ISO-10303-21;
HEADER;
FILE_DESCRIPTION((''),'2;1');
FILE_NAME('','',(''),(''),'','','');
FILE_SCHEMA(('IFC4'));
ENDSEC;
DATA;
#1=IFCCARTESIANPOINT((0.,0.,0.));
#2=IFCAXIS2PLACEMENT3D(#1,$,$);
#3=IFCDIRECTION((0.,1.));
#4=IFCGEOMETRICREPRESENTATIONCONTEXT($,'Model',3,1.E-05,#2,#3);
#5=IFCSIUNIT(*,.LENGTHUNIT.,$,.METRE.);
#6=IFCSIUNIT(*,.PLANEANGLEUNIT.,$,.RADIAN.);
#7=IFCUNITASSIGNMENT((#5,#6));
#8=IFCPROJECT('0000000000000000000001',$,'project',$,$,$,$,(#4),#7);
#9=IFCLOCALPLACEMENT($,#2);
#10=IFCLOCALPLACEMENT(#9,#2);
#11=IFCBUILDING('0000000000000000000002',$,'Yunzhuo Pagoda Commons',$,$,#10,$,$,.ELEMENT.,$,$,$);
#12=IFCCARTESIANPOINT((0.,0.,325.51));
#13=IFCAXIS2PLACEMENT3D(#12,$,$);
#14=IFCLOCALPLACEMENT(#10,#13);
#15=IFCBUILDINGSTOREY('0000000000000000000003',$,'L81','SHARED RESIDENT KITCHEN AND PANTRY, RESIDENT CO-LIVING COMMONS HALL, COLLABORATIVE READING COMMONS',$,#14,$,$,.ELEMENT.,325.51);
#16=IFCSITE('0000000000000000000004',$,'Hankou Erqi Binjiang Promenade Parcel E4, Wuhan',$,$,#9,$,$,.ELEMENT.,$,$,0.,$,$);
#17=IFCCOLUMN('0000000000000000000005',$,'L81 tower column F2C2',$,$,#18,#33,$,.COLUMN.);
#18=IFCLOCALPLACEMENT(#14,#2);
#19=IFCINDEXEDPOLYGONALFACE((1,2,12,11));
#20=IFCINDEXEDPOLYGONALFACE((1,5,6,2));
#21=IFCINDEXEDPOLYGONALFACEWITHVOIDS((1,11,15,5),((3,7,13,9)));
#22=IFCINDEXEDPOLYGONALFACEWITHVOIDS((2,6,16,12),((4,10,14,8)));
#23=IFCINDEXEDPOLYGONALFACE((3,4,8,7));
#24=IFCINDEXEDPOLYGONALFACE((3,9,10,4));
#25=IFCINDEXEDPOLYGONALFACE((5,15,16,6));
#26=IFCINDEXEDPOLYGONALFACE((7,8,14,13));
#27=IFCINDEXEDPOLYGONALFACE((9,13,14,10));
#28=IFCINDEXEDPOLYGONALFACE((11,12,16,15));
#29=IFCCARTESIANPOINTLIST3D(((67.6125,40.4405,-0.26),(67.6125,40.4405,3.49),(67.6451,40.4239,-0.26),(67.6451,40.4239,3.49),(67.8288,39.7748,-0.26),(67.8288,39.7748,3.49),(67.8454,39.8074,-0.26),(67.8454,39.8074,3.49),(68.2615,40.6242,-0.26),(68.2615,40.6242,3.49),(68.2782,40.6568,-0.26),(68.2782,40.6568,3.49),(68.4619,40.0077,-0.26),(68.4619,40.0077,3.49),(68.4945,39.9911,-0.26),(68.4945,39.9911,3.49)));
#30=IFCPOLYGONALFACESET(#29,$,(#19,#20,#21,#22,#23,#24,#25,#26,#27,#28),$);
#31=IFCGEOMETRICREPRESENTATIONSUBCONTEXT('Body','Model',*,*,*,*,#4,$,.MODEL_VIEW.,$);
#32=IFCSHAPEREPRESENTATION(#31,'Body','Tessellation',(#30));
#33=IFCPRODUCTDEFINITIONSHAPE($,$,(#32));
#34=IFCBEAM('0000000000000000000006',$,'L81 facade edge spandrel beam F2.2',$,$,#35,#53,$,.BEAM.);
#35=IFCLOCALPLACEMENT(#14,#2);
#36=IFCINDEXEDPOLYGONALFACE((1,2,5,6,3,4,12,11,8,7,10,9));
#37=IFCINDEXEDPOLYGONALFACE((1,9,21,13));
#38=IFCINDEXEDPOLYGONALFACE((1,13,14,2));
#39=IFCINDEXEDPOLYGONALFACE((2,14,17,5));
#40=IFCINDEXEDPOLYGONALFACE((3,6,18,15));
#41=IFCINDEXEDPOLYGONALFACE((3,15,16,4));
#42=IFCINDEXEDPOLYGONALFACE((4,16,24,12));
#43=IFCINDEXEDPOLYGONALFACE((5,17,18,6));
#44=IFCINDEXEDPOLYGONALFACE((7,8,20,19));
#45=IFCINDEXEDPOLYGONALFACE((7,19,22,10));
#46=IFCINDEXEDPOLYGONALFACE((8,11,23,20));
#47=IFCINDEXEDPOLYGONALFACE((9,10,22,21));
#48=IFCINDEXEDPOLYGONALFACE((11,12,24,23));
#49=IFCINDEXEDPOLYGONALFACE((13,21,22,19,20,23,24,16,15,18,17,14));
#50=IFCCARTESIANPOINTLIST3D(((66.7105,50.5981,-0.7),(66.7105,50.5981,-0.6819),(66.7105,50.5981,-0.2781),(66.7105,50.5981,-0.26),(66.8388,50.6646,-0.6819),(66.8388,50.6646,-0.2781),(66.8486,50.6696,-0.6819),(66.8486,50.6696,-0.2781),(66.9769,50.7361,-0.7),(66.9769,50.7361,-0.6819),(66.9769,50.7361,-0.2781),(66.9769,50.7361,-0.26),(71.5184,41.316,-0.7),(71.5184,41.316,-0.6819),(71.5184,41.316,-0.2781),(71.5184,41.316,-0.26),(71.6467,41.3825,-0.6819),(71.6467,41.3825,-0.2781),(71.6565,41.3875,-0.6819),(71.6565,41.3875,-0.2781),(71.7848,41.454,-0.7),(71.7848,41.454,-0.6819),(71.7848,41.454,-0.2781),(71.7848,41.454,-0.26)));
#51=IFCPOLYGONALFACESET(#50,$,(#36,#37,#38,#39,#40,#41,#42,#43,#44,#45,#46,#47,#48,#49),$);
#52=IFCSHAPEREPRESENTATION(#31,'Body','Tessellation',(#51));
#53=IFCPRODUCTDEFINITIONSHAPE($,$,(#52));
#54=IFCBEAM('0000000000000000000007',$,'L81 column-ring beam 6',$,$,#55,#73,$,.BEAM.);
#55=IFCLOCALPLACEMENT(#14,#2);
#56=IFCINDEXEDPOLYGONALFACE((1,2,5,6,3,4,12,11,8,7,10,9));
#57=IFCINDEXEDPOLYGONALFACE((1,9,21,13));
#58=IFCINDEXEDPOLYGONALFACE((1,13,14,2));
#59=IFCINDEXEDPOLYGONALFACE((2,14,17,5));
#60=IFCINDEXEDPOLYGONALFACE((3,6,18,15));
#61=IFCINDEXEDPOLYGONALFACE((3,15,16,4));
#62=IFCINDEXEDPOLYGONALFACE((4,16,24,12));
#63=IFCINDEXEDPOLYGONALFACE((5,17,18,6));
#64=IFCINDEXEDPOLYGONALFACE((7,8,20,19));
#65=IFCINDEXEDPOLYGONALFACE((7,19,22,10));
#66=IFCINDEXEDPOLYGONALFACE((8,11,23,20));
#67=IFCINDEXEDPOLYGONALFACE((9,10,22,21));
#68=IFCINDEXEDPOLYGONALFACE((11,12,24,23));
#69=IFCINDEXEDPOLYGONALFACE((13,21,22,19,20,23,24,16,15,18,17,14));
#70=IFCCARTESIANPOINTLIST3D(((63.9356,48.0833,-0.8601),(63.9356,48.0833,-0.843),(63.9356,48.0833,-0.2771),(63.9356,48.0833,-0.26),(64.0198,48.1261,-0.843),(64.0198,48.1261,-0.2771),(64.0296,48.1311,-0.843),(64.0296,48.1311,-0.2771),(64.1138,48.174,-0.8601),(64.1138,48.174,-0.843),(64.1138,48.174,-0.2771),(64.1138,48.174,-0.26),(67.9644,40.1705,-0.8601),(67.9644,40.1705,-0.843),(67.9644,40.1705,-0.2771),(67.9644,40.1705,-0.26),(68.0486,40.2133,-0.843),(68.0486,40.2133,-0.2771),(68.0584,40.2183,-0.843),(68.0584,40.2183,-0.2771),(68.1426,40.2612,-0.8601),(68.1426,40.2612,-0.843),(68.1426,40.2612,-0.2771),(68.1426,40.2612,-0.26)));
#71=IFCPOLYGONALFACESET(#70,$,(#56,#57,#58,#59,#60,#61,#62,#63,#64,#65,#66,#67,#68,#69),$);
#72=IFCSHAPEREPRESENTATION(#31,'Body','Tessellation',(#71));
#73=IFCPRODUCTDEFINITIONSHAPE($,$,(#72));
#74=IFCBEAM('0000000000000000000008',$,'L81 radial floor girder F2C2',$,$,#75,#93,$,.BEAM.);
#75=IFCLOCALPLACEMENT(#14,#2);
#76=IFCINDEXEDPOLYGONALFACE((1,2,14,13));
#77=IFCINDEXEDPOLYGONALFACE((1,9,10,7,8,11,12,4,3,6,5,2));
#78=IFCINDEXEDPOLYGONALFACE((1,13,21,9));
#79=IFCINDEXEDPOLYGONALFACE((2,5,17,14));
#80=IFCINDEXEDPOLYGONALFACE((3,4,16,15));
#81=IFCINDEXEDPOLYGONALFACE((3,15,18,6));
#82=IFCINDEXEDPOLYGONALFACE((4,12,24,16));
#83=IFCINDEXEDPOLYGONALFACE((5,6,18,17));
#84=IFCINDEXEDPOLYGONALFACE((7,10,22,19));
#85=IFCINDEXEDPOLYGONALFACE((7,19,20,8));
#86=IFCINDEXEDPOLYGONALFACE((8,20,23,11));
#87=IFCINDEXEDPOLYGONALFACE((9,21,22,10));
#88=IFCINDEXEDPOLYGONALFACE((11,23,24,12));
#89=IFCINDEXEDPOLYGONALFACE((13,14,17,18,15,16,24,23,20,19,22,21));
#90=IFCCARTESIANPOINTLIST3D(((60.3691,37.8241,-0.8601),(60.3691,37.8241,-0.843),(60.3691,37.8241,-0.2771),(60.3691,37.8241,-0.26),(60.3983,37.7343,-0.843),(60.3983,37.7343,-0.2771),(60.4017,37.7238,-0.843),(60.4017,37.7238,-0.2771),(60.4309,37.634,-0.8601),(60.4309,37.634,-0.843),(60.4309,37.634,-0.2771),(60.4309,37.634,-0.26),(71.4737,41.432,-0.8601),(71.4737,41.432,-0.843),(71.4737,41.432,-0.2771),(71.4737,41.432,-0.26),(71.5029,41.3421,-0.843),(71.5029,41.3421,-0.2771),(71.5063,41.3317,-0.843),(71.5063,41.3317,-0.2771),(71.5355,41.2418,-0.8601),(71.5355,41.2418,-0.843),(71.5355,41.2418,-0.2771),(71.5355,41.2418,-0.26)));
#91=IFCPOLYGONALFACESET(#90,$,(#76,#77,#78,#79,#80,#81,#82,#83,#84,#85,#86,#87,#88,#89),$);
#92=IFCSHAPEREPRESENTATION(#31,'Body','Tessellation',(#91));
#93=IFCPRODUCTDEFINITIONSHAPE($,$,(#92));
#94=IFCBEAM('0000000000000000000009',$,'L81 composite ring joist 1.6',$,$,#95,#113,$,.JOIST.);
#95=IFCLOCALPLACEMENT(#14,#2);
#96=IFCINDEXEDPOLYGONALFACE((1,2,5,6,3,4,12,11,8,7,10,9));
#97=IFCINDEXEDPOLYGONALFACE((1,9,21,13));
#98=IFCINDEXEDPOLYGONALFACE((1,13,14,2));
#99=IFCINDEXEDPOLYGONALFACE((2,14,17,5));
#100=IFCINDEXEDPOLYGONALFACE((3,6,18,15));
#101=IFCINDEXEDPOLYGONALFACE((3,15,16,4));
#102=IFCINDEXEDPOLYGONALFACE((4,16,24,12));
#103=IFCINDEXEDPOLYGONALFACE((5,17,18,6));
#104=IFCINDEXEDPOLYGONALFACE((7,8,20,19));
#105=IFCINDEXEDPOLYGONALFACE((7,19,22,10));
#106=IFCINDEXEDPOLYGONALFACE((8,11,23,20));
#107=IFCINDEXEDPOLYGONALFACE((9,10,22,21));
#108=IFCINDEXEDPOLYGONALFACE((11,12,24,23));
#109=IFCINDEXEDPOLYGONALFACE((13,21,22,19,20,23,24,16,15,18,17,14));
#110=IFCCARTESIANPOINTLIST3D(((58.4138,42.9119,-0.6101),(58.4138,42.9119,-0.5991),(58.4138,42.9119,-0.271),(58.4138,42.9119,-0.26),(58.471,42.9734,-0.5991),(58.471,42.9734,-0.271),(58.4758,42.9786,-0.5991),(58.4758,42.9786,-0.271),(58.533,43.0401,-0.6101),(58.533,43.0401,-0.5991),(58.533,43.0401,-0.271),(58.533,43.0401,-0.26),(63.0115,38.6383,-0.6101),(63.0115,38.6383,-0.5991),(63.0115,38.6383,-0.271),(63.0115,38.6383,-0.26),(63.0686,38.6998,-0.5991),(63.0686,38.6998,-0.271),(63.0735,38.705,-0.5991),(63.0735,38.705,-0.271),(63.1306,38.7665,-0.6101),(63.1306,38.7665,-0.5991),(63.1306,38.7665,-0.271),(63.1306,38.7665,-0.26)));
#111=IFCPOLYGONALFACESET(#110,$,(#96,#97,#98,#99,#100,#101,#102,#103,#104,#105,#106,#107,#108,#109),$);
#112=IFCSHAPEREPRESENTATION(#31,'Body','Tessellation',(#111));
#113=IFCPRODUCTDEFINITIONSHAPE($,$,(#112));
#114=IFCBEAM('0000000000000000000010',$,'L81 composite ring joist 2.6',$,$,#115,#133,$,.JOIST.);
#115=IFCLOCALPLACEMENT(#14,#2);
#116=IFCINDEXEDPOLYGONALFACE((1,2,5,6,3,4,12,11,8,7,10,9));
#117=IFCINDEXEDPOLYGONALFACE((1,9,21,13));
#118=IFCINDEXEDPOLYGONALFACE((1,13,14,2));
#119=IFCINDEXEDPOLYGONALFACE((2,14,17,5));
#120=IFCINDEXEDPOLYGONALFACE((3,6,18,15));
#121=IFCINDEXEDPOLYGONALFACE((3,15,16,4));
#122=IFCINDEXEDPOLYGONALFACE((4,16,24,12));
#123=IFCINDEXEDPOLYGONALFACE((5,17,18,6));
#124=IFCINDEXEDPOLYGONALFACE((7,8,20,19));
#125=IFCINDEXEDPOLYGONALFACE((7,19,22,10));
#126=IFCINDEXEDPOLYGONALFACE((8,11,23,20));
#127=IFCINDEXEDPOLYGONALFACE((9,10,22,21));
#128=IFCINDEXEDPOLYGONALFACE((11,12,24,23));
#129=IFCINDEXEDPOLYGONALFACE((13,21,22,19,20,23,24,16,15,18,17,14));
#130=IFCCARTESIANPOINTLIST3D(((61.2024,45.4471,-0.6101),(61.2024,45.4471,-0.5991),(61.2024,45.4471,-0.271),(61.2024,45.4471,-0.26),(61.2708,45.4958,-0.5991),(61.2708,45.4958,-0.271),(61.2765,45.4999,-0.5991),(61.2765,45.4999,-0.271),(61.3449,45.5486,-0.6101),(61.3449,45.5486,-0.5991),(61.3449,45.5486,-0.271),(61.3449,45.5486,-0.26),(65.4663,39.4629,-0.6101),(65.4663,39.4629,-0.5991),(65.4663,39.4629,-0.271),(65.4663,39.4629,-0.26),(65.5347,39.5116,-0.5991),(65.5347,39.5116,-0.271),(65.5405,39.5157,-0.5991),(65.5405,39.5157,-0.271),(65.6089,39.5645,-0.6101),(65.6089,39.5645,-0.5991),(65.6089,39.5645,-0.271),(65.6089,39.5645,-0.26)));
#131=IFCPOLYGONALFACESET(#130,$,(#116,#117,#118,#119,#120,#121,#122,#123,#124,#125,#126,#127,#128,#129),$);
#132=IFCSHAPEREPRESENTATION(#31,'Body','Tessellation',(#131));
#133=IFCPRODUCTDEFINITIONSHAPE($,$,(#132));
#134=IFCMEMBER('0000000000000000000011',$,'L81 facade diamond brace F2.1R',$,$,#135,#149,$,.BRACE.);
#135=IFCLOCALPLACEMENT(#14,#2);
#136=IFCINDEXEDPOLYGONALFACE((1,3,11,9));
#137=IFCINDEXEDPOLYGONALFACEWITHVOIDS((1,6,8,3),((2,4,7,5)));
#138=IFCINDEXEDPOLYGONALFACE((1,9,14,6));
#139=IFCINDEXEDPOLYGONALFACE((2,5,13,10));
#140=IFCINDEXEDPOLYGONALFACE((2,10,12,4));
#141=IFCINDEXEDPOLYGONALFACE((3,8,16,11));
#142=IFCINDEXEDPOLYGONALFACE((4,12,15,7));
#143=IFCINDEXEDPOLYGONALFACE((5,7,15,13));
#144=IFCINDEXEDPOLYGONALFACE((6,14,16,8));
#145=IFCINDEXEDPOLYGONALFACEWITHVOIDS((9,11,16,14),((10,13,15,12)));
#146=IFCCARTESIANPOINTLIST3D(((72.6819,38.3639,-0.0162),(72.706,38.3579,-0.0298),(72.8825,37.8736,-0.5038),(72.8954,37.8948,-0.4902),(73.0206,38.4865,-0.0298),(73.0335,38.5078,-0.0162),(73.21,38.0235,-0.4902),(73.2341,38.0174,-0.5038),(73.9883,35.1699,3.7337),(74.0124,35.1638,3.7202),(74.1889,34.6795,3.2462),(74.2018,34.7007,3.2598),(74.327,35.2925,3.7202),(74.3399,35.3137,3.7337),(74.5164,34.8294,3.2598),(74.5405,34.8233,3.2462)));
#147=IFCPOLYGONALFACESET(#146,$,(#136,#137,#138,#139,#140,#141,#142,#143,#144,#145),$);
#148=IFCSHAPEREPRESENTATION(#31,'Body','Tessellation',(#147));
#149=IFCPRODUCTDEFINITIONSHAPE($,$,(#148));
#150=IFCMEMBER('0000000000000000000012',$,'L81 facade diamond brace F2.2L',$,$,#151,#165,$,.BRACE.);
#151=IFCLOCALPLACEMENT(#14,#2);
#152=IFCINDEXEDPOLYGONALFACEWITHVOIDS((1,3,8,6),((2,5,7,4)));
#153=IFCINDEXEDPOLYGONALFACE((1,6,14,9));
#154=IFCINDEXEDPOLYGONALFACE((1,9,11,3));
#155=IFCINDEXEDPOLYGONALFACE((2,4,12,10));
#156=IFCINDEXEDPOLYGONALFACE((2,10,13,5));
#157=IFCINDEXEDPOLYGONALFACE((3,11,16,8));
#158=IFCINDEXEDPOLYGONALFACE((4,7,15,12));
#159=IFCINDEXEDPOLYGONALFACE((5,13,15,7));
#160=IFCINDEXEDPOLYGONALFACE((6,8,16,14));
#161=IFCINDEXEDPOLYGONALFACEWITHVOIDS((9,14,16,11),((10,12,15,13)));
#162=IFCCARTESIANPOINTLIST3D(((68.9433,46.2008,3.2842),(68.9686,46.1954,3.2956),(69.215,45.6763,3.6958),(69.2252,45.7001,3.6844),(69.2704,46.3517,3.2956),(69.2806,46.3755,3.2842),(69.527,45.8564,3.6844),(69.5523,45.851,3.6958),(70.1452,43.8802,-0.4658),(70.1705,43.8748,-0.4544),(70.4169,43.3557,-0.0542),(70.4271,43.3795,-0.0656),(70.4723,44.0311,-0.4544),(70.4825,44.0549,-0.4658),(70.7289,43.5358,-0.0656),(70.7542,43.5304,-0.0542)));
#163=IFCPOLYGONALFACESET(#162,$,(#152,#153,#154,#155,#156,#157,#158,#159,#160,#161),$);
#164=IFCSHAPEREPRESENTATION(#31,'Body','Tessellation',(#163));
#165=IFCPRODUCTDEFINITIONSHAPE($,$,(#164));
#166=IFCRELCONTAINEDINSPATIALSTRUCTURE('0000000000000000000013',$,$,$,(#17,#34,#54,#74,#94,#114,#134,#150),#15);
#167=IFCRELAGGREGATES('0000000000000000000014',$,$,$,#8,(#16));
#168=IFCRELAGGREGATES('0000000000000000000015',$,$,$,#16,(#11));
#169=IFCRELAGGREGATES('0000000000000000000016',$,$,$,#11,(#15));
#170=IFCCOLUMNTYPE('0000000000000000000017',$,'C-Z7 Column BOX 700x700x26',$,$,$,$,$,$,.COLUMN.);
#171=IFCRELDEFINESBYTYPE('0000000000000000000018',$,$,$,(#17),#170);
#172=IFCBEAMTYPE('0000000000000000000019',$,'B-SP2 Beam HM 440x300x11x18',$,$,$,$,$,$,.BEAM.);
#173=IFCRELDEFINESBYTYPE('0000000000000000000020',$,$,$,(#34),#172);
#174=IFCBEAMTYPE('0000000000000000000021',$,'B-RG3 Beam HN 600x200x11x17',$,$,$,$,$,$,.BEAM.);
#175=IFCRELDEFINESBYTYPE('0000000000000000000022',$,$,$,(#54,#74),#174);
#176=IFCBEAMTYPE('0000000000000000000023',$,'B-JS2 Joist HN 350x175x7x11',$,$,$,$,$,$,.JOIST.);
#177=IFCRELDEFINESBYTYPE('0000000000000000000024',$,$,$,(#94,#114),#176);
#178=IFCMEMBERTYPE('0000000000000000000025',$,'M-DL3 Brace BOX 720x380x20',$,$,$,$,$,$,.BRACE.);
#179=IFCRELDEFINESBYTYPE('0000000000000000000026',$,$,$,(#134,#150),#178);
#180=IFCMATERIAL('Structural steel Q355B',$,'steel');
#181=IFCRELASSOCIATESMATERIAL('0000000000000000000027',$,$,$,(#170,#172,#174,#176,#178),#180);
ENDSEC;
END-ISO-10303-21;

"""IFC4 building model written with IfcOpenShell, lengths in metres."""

from ifc_helpers import new_model, si_unit, direction, frame, origin, origin_2d, place, context, subcontext, project, spatial, hollow_rectangle, i_section, extrude, source, transform, mapped, material, material_profile, profile_set, type_object, element, save


model = new_model("IFC4")

# Units and contexts
model_context = context("Model", 3, precision=1e-05, world=origin(), true_north=direction((0.0, 1.0)))
body_context = subcontext(model_context, "Body", "Model", "MODEL_VIEW")
ifc_project = project(units=[si_unit("LENGTHUNIT", "METRE"), si_unit("PLANEANGLEUNIT", "RADIAN")], contexts=[model_context])

# Site, building, storey
site_placement = place(None, origin())
site = spatial("IfcSite", under=ifc_project, at=site_placement, Name="Hankou Erqi Binjiang Promenade Parcel E4, Wuhan", CompositionType="ELEMENT", RefElevation=0.0)
building_placement = place(site_placement, origin())
building = spatial("IfcBuilding", under=site, at=building_placement, Name="Yunzhuo Pagoda Commons", CompositionType="ELEMENT")
storey_placement = place(building_placement, frame((0.0, 0.0, 325.51)))
storey = spatial("IfcBuildingStorey", under=building, at=storey_placement, Name="L81", Description="SHARED RESIDENT KITCHEN AND PANTRY, RESIDENT CO-LIVING COMMONS HALL, COLLABORATIVE READING COMMONS", CompositionType="ELEMENT", Elevation=325.51)

# Column
ifc_material_1 = material(Name="Structural steel Q355B", Category="steel")
ifc_material_profile_1 = material_profile(ifc_material_1, hollow_rectangle(XDim=0.7, YDim=0.7, WallThickness=0.0259, at=origin_2d()), Name="Structural steel Q355B")
ifc_profile_set_1 = profile_set([ifc_material_profile_1], Name="Structural steel Q355B")
column_type = type_object("IfcColumnType", Name="C-Z7 Column BOX 700x700x26", PredefinedType="COLUMN", material=ifc_profile_set_1)
shared_shape_1 = source(origin(), body_context, "Body", "SweptSolid", [
    extrude(hollow_rectangle(XDim=0.7, YDim=0.7, WallThickness=0.0259, at=origin_2d()), origin(), (0.0, 0.0, 1.0), 3.75),
])
column_placement = place(storey_placement, frame((68.0535, 40.2158, -0.26), z_axis=(0.0, 0.0, 1.0), x_axis=(-0.309017, 0.951057, 0.0)))
element("IfcColumn", 1, at=column_placement, inside=storey, type_object=column_type, Name="L81 tower column F2C2", PredefinedType="COLUMN", context=body_context, shape_type="MappedRepresentation", body=[
    mapped(shared_shape_1, transform((0.0, 0.0, 0.0), scale=1.0)),
])

# Beams
ifc_material_profile_2 = material_profile(ifc_material_1, i_section(OverallWidth=0.3, OverallDepth=0.4399, WebThickness=0.011, FlangeThickness=0.0181, at=origin_2d()), Name="Structural steel Q355B")
ifc_profile_set_2 = profile_set([ifc_material_profile_2], Name="Structural steel Q355B")
beam_type_1 = type_object("IfcBeamType", Name="B-SP2 Beam HM 440x300x11x18", PredefinedType="BEAM", material=ifc_profile_set_2)
shared_shape_2 = source(origin(), body_context, "Body", "SweptSolid", [
    extrude(i_section(OverallWidth=0.3, OverallDepth=0.4399, WebThickness=0.011, FlangeThickness=0.0181, at=origin_2d()), origin(), (0.0, 0.0, 1.0), 10.4534),
])
beam_1_placement = place(storey_placement, frame((71.6516, 41.385, -0.48), z_axis=(-0.459939, 0.887951, 0.0), x_axis=(-0.887951, -0.459939, 0.0)))
element("IfcBeam", 2, at=beam_1_placement, inside=storey, type_object=beam_type_1, Name="L81 facade edge spandrel beam F2.2", PredefinedType="BEAM", context=body_context, shape_type="MappedRepresentation", body=[
    mapped(shared_shape_2, transform((0.0, 0.0, 0.0), scale=1.0)),
])
ifc_material_profile_3 = material_profile(ifc_material_1, i_section(OverallWidth=0.2, OverallDepth=0.6001, WebThickness=0.011, FlangeThickness=0.0171, at=origin_2d()), Name="Structural steel Q355B")
ifc_profile_set_3 = profile_set([ifc_material_profile_3], Name="Structural steel Q355B")
beam_type_2 = type_object("IfcBeamType", Name="B-RG3 Beam HN 600x200x11x17", PredefinedType="BEAM", material=ifc_profile_set_3)
shared_shape_3 = source(origin(), body_context, "Body", "SweptSolid", [
    extrude(i_section(OverallWidth=0.2, OverallDepth=0.6001, WebThickness=0.011, FlangeThickness=0.0171, at=origin_2d()), origin(), (0.0, 0.0, 1.0), 8.8794),
])
beam_2_placement = place(storey_placement, frame((68.0535, 40.2158, -0.5601), z_axis=(-0.453724, 0.891142, 0.0), x_axis=(-0.891142, -0.453724, 0.0)))
element("IfcBeam", 3, at=beam_2_placement, inside=storey, type_object=beam_type_2, Name="L81 column-ring beam 6", PredefinedType="BEAM", context=body_context, shape_type="MappedRepresentation", body=[
    mapped(shared_shape_3, transform((0.0, 0.0, 0.0), scale=1.0)),
])
shared_shape_4 = source(origin(), body_context, "Body", "SweptSolid", [
    extrude(i_section(OverallWidth=0.2, OverallDepth=0.6001, WebThickness=0.011, FlangeThickness=0.0171, at=origin_2d()), origin(), (0.0, 0.0, 1.0), 11.676),
])
beam_3_placement = place(storey_placement, frame((71.5046, 41.3369, -0.5601), z_axis=(-0.951062, -0.308999, 0.0), x_axis=(0.308999, -0.951062, 0.0)))
element("IfcBeam", 4, at=beam_3_placement, inside=storey, type_object=beam_type_2, Name="L81 radial floor girder F2C2", PredefinedType="BEAM", context=body_context, shape_type="MappedRepresentation", body=[
    mapped(shared_shape_4, transform((0.0, 0.0, 0.0), scale=1.0)),
])
ifc_material_profile_4 = material_profile(ifc_material_1, i_section(OverallWidth=0.175, OverallDepth=0.3501, WebThickness=0.0071, FlangeThickness=0.011, at=origin_2d()), Name="Structural steel Q355B")
ifc_profile_set_4 = profile_set([ifc_material_profile_4], Name="Structural steel Q355B")
beam_type_3 = type_object("IfcBeamType", Name="B-JS2 Joist HN 350x175x7x11", PredefinedType="JOIST", material=ifc_profile_set_4)
shared_shape_5 = source(origin(), body_context, "Body", "SweptSolid", [
    extrude(i_section(OverallWidth=0.175, OverallDepth=0.3501, WebThickness=0.0071, FlangeThickness=0.011, at=origin_2d()), origin(), (0.0, 0.0, 1.0), 6.2771),
])
beam_4_placement = place(storey_placement, frame((63.071, 38.7024, -0.4351), z_axis=(-0.732442, 0.68083, 0.0), x_axis=(-0.68083, -0.732442, 0.0)))
element("IfcBeam", 5, at=beam_4_placement, inside=storey, type_object=beam_type_3, Name="L81 composite ring joist 1.6", PredefinedType="JOIST", context=body_context, shape_type="MappedRepresentation", body=[
    mapped(shared_shape_5, transform((0.0, 0.0, 0.0), scale=1.0)),
])
shared_shape_6 = source(origin(), body_context, "Body", "SweptSolid", [
    extrude(i_section(OverallWidth=0.175, OverallDepth=0.3501, WebThickness=0.0071, FlangeThickness=0.011, at=origin_2d()), origin(), (0.0, 0.0, 1.0), 7.3479),
])
beam_5_placement = place(storey_placement, frame((65.5376, 39.5137, -0.4351), z_axis=(-0.580295, 0.814406, 0.0), x_axis=(-0.814406, -0.580295, 0.0)))
element("IfcBeam", 6, at=beam_5_placement, inside=storey, type_object=beam_type_3, Name="L81 composite ring joist 2.6", PredefinedType="JOIST", context=body_context, shape_type="MappedRepresentation", body=[
    mapped(shared_shape_6, transform((0.0, 0.0, 0.0), scale=1.0)),
])

# Members
ifc_material_profile_5 = material_profile(ifc_material_1, hollow_rectangle(XDim=0.3799, YDim=0.72, WallThickness=0.02, at=origin_2d()), Name="Structural steel Q355B")
ifc_profile_set_5 = profile_set([ifc_material_profile_5], Name="Structural steel Q355B")
member_type_1 = type_object("IfcMemberType", Name="M-DL3 Brace BOX 720x380x20", PredefinedType="BRACE", material=ifc_profile_set_5)
shared_shape_7 = source(origin(), body_context, "Body", "SweptSolid", [
    extrude(hollow_rectangle(XDim=0.3799, YDim=0.72, WallThickness=0.02, at=origin_2d()), origin(), (0.0, 0.0, 1.0), 5.0962),
])
member_1_placement = place(storey_placement, frame((72.958, 38.1907, -0.26), z_axis=(0.256346, -0.626758, 0.73584), x_axis=(0.925575, 0.378564, 0.0)))
element("IfcMember", 7, at=member_1_placement, inside=storey, type_object=member_type_1, Name="L81 facade diamond brace F2.1R", PredefinedType="BRACE", context=body_context, shape_type="MappedRepresentation", body=[
    mapped(shared_shape_7, transform((0.0, 0.0, 0.0), scale=1.0)),
])
shared_shape_8 = source(origin(), body_context, "Body", "SweptSolid", [
    extrude(hollow_rectangle(XDim=0.3799, YDim=0.72, WallThickness=0.02, at=origin_2d()), origin(), (0.0, 0.0, 1.0), 4.5708),
])
member_2_placement = place(storey_placement, frame((70.4497, 43.7053, -0.26), z_axis=(-0.262954, 0.507693, 0.820428), x_axis=(-0.887965, -0.459911, 0.0)))
element("IfcMember", 8, at=member_2_placement, inside=storey, type_object=member_type_1, Name="L81 facade diamond brace F2.2L", PredefinedType="BRACE", context=body_context, shape_type="MappedRepresentation", body=[
    mapped(shared_shape_8, transform((0.0, 0.0, 0.0), scale=1.0)),
])

save(model, "model.ifc")
